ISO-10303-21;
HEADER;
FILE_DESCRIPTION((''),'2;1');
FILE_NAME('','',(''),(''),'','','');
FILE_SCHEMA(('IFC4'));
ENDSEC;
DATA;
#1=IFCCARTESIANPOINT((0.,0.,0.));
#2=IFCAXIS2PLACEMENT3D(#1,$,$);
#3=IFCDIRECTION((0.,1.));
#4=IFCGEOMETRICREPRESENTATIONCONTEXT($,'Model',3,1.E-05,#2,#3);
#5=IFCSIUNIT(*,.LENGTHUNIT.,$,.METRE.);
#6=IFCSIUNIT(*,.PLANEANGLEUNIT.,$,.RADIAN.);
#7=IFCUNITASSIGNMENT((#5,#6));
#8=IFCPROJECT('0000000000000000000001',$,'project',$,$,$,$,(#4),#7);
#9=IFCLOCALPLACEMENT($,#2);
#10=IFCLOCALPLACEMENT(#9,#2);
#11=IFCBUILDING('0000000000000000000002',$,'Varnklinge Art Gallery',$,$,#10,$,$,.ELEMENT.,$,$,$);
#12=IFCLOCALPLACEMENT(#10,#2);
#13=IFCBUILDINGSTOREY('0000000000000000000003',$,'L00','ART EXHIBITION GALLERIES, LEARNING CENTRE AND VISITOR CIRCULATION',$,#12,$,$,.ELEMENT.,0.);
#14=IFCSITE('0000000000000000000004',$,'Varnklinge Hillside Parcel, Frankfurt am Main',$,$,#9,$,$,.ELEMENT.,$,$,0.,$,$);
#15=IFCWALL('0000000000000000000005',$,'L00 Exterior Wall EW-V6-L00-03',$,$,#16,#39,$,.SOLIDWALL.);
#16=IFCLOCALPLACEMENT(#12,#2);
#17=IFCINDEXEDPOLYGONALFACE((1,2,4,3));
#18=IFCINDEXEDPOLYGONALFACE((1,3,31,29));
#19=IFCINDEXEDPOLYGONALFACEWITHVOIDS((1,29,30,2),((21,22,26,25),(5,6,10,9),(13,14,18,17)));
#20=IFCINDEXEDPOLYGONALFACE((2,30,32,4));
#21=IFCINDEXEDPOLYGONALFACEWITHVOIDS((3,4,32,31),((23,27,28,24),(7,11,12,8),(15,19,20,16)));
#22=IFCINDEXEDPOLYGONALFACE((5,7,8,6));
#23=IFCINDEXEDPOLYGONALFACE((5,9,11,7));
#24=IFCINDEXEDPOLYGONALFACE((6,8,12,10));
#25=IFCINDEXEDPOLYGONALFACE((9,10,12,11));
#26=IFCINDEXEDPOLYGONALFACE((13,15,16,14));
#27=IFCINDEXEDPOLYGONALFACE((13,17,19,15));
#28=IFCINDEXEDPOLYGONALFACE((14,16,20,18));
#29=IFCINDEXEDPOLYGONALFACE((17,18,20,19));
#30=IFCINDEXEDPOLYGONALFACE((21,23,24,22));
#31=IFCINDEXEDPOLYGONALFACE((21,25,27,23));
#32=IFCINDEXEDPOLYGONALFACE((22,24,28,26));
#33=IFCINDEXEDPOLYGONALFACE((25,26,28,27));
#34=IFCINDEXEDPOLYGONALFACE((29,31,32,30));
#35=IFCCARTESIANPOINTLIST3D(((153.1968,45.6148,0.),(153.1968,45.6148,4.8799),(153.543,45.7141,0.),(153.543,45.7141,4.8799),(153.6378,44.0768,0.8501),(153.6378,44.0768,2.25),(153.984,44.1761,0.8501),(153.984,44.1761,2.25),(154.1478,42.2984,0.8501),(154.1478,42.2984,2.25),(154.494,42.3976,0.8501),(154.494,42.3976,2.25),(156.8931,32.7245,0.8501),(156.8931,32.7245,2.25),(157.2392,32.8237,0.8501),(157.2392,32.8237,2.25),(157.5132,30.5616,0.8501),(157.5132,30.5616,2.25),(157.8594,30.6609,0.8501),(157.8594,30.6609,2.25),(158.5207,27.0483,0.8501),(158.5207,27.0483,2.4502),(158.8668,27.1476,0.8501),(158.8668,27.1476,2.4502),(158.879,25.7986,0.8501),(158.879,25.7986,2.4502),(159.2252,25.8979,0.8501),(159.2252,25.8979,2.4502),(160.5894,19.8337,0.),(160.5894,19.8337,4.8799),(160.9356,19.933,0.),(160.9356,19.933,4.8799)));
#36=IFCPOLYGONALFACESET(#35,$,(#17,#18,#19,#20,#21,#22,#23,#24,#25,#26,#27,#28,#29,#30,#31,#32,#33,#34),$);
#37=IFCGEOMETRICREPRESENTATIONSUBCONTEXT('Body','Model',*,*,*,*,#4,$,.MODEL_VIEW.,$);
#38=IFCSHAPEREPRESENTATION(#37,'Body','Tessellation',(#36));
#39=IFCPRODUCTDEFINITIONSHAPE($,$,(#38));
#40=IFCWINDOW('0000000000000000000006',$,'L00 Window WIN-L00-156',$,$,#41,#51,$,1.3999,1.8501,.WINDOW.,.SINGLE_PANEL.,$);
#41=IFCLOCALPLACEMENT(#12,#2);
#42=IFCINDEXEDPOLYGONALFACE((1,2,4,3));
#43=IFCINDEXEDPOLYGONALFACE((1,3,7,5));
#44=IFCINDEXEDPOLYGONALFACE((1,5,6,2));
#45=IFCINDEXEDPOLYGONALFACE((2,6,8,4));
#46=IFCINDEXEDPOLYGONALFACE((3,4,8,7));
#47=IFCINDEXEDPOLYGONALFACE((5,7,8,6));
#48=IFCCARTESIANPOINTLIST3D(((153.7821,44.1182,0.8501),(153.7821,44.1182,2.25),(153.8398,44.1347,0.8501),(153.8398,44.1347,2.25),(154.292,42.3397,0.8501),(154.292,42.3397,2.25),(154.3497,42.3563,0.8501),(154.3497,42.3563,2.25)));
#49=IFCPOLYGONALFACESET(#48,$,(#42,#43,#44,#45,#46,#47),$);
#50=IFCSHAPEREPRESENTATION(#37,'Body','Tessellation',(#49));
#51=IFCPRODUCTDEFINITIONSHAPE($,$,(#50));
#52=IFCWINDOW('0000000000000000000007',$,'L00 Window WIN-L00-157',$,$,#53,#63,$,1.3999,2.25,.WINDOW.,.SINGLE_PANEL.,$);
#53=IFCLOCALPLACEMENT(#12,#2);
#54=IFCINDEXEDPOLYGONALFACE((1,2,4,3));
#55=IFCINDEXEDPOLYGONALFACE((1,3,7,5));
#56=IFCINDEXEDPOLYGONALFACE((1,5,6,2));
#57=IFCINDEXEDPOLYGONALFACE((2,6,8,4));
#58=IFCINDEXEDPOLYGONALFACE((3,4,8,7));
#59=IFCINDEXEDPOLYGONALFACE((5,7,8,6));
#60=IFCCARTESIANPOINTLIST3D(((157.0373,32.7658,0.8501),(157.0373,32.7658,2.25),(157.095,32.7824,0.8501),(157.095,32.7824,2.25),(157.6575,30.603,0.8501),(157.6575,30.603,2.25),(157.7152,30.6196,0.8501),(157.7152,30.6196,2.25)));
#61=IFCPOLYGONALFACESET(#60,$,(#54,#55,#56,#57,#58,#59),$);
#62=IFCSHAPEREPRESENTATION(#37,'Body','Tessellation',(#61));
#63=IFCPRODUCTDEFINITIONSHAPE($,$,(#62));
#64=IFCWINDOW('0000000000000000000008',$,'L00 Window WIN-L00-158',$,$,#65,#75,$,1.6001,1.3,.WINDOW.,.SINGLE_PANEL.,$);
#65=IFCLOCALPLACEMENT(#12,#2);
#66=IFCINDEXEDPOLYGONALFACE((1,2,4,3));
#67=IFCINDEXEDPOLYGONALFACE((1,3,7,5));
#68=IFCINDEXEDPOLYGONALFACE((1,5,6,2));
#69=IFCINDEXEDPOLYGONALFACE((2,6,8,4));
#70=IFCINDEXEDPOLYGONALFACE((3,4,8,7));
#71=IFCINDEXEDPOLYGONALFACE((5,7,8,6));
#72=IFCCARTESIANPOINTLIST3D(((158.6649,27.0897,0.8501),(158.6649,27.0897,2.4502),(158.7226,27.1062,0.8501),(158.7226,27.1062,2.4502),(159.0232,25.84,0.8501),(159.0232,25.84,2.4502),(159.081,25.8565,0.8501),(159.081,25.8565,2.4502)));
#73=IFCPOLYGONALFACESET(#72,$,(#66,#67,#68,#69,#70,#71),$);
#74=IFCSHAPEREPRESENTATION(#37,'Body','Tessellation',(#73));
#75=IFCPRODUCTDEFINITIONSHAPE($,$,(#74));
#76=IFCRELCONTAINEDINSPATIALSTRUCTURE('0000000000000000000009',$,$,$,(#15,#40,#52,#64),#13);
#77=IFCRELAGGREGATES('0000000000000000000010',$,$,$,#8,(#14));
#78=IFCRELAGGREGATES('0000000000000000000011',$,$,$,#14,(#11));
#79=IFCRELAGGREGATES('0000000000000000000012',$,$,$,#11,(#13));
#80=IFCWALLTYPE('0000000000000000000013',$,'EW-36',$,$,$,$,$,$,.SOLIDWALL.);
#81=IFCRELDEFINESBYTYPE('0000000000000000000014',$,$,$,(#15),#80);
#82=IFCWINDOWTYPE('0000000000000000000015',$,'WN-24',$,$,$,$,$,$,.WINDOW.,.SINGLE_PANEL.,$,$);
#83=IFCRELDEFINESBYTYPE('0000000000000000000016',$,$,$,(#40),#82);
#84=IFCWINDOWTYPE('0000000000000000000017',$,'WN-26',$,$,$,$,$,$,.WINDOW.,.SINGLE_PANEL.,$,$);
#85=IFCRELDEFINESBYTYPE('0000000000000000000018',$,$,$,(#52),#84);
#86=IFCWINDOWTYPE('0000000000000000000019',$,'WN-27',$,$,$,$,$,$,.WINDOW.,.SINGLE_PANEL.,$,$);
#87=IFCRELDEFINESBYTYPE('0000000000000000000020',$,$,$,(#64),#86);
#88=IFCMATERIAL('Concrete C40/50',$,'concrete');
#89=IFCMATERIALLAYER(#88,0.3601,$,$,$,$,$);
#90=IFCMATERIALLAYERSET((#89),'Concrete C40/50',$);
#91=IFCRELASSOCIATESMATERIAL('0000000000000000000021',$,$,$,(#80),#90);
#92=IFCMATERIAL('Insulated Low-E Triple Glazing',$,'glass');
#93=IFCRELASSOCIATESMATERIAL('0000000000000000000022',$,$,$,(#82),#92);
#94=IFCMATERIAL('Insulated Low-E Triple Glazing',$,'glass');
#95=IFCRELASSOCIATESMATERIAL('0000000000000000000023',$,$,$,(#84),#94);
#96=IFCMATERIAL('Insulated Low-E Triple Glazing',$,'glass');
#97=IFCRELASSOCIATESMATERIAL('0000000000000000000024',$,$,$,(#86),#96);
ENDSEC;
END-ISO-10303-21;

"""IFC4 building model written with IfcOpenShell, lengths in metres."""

from ifc_helpers import new_model, si_unit, direction, frame, frame_2d, origin, place, context, subcontext, project, spatial, rectangle, extrude, material, layer, layer_set, type_object, element, fill, save


model = new_model("IFC4")

# Units and contexts
model_context = context("Model", 3, precision=1e-05, world=origin(), true_north=direction((0.0, 1.0)))
body_context = subcontext(model_context, "Body", "Model", "MODEL_VIEW")
ifc_project = project(units=[si_unit("LENGTHUNIT", "METRE"), si_unit("PLANEANGLEUNIT", "RADIAN")], contexts=[model_context])

# Site, building, storey
site_placement = place(None, origin())
site = spatial("IfcSite", under=ifc_project, at=site_placement, Name="Varnklinge Hillside Parcel, Frankfurt am Main", CompositionType="ELEMENT", RefElevation=0.0)
building_placement = place(site_placement, origin())
building = spatial("IfcBuilding", under=site, at=building_placement, Name="Varnklinge Art Gallery", CompositionType="ELEMENT")
storey_placement = place(building_placement, origin())
storey = spatial("IfcBuildingStorey", under=building, at=storey_placement, Name="L00", Description="ART EXHIBITION GALLERIES, LEARNING CENTRE AND VISITOR CIRCULATION", CompositionType="ELEMENT", Elevation=0.0)

# Wall, openings, windows
ifc_material_1 = material(Name="Concrete C40/50", Category="concrete")
ifc_layer_1 = layer(ifc_material_1, 0.3601)
ifc_layer_set_1 = layer_set([ifc_layer_1], Name="Concrete C40/50")
wall_type_1 = type_object("IfcWallType", Name="EW-36", PredefinedType="SOLIDWALL", material=ifc_layer_set_1)
wall_1_placement = place(storey_placement, frame((153.3699, 45.6646, 0.0), z_axis=(0.0, 0.0, 1.0), x_axis=(0.275637, -0.961262, 0.0)))
wall_1 = element("IfcWall", 1, at=wall_1_placement, inside=storey, type_object=wall_type_1, Name="L00 Exterior Wall EW-V6-L00-03", PredefinedType="SOLIDWALL", context=body_context, shape_type="SweptSolid", body=[
    extrude(rectangle(XDim=26.8201, YDim=0.3601, at=frame_2d((13.4102, 0.0))), origin(), (0.0, 0.0, 1.0), 4.8799),
])
opening_1_placement = place(wall_1_placement, frame((1.6001, 0.0, 0.8501)))
opening_1 = element("IfcOpeningElement", 2, at=opening_1_placement, cuts=wall_1, PredefinedType="OPENING", context=body_context, shape_type="SweptSolid", body=[
    extrude(rectangle(XDim=1.8501, YDim=1.3999, at=frame_2d((0.925, 0.7))), frame((0.0, 0.1902, 0.0), z_axis=(0.0, -1.0, 0.0), x_axis=(1.0, 0.0, 0.0)), (0.0, 0.0, 1.0), 0.3801),
])
opening_2_placement = place(wall_1_placement, frame((13.4099, 0.0, 0.8501)))
opening_2 = element("IfcOpeningElement", 3, at=opening_2_placement, cuts=wall_1, PredefinedType="OPENING", context=body_context, shape_type="SweptSolid", body=[
    extrude(rectangle(XDim=2.25, YDim=1.3999, at=frame_2d((1.125, 0.7))), frame((0.0, 0.1902, 0.0), z_axis=(0.0, -1.0, 0.0), x_axis=(1.0, 0.0, 0.0)), (0.0, 0.0, 1.0), 0.3801),
])
opening_3_placement = place(wall_1_placement, frame((19.3149, 0.0, 0.8501)))
opening_3 = element("IfcOpeningElement", 4, at=opening_3_placement, cuts=wall_1, PredefinedType="OPENING", context=body_context, shape_type="SweptSolid", body=[
    extrude(rectangle(XDim=1.3, YDim=1.6001, at=frame_2d((0.6499, 0.8))), frame((0.0, 0.1902, 0.0), z_axis=(0.0, -1.0, 0.0), x_axis=(1.0, 0.0, 0.0)), (0.0, 0.0, 1.0), 0.3801),
])
ifc_material_2 = material(Name="Insulated Low-E Triple Glazing", Category="glass")
window_type_1 = type_object("IfcWindowType", Name="WN-24", PartitioningType="SINGLE_PANEL", PredefinedType="WINDOW", material=ifc_material_2)
window_1_placement = place(opening_1_placement, origin())
window_1 = element("IfcWindow", 5, at=window_1_placement, inside=storey, type_object=window_type_1, Name="L00 Window WIN-L00-156", OverallHeight=1.3999, OverallWidth=1.8501, PartitioningType="SINGLE_PANEL", PredefinedType="WINDOW", context=body_context, shape_type="SweptSolid", body=[
    extrude(rectangle(XDim=1.8501, YDim=1.3999, at=frame_2d((0.925, 0.7))), frame((0.0, 0.03, 0.0), z_axis=(0.0, -1.0, 0.0), x_axis=(1.0, 0.0, 0.0)), (0.0, 0.0, 1.0), 0.0601),
])
fill(opening_1, window_1)
ifc_material_3 = material(Name="Insulated Low-E Triple Glazing", Category="glass")
window_type_2 = type_object("IfcWindowType", Name="WN-26", PartitioningType="SINGLE_PANEL", PredefinedType="WINDOW", material=ifc_material_3)
window_2_placement = place(opening_2_placement, origin())
window_2 = element("IfcWindow", 6, at=window_2_placement, inside=storey, type_object=window_type_2, Name="L00 Window WIN-L00-157", OverallHeight=1.3999, OverallWidth=2.25, PartitioningType="SINGLE_PANEL", PredefinedType="WINDOW", context=body_context, shape_type="SweptSolid", body=[
    extrude(rectangle(XDim=2.25, YDim=1.3999, at=frame_2d((1.125, 0.7))), frame((0.0, 0.03, 0.0), z_axis=(0.0, -1.0, 0.0), x_axis=(1.0, 0.0, 0.0)), (0.0, 0.0, 1.0), 0.0601),
])
fill(opening_2, window_2)
ifc_material_4 = material(Name="Insulated Low-E Triple Glazing", Category="glass")
window_type_3 = type_object("IfcWindowType", Name="WN-27", PartitioningType="SINGLE_PANEL", PredefinedType="WINDOW", material=ifc_material_4)
window_3_placement = place(opening_3_placement, origin())
window_3 = element("IfcWindow", 7, at=window_3_placement, inside=storey, type_object=window_type_3, Name="L00 Window WIN-L00-158", OverallHeight=1.6001, OverallWidth=1.3, PartitioningType="SINGLE_PANEL", PredefinedType="WINDOW", context=body_context, shape_type="SweptSolid", body=[
    extrude(rectangle(XDim=1.3, YDim=1.6001, at=frame_2d((0.6499, 0.8))), frame((0.0, 0.03, 0.0), z_axis=(0.0, -1.0, 0.0), x_axis=(1.0, 0.0, 0.0)), (0.0, 0.0, 1.0), 0.0601),
])
fill(opening_3, window_3)

save(model, "model.ifc")
